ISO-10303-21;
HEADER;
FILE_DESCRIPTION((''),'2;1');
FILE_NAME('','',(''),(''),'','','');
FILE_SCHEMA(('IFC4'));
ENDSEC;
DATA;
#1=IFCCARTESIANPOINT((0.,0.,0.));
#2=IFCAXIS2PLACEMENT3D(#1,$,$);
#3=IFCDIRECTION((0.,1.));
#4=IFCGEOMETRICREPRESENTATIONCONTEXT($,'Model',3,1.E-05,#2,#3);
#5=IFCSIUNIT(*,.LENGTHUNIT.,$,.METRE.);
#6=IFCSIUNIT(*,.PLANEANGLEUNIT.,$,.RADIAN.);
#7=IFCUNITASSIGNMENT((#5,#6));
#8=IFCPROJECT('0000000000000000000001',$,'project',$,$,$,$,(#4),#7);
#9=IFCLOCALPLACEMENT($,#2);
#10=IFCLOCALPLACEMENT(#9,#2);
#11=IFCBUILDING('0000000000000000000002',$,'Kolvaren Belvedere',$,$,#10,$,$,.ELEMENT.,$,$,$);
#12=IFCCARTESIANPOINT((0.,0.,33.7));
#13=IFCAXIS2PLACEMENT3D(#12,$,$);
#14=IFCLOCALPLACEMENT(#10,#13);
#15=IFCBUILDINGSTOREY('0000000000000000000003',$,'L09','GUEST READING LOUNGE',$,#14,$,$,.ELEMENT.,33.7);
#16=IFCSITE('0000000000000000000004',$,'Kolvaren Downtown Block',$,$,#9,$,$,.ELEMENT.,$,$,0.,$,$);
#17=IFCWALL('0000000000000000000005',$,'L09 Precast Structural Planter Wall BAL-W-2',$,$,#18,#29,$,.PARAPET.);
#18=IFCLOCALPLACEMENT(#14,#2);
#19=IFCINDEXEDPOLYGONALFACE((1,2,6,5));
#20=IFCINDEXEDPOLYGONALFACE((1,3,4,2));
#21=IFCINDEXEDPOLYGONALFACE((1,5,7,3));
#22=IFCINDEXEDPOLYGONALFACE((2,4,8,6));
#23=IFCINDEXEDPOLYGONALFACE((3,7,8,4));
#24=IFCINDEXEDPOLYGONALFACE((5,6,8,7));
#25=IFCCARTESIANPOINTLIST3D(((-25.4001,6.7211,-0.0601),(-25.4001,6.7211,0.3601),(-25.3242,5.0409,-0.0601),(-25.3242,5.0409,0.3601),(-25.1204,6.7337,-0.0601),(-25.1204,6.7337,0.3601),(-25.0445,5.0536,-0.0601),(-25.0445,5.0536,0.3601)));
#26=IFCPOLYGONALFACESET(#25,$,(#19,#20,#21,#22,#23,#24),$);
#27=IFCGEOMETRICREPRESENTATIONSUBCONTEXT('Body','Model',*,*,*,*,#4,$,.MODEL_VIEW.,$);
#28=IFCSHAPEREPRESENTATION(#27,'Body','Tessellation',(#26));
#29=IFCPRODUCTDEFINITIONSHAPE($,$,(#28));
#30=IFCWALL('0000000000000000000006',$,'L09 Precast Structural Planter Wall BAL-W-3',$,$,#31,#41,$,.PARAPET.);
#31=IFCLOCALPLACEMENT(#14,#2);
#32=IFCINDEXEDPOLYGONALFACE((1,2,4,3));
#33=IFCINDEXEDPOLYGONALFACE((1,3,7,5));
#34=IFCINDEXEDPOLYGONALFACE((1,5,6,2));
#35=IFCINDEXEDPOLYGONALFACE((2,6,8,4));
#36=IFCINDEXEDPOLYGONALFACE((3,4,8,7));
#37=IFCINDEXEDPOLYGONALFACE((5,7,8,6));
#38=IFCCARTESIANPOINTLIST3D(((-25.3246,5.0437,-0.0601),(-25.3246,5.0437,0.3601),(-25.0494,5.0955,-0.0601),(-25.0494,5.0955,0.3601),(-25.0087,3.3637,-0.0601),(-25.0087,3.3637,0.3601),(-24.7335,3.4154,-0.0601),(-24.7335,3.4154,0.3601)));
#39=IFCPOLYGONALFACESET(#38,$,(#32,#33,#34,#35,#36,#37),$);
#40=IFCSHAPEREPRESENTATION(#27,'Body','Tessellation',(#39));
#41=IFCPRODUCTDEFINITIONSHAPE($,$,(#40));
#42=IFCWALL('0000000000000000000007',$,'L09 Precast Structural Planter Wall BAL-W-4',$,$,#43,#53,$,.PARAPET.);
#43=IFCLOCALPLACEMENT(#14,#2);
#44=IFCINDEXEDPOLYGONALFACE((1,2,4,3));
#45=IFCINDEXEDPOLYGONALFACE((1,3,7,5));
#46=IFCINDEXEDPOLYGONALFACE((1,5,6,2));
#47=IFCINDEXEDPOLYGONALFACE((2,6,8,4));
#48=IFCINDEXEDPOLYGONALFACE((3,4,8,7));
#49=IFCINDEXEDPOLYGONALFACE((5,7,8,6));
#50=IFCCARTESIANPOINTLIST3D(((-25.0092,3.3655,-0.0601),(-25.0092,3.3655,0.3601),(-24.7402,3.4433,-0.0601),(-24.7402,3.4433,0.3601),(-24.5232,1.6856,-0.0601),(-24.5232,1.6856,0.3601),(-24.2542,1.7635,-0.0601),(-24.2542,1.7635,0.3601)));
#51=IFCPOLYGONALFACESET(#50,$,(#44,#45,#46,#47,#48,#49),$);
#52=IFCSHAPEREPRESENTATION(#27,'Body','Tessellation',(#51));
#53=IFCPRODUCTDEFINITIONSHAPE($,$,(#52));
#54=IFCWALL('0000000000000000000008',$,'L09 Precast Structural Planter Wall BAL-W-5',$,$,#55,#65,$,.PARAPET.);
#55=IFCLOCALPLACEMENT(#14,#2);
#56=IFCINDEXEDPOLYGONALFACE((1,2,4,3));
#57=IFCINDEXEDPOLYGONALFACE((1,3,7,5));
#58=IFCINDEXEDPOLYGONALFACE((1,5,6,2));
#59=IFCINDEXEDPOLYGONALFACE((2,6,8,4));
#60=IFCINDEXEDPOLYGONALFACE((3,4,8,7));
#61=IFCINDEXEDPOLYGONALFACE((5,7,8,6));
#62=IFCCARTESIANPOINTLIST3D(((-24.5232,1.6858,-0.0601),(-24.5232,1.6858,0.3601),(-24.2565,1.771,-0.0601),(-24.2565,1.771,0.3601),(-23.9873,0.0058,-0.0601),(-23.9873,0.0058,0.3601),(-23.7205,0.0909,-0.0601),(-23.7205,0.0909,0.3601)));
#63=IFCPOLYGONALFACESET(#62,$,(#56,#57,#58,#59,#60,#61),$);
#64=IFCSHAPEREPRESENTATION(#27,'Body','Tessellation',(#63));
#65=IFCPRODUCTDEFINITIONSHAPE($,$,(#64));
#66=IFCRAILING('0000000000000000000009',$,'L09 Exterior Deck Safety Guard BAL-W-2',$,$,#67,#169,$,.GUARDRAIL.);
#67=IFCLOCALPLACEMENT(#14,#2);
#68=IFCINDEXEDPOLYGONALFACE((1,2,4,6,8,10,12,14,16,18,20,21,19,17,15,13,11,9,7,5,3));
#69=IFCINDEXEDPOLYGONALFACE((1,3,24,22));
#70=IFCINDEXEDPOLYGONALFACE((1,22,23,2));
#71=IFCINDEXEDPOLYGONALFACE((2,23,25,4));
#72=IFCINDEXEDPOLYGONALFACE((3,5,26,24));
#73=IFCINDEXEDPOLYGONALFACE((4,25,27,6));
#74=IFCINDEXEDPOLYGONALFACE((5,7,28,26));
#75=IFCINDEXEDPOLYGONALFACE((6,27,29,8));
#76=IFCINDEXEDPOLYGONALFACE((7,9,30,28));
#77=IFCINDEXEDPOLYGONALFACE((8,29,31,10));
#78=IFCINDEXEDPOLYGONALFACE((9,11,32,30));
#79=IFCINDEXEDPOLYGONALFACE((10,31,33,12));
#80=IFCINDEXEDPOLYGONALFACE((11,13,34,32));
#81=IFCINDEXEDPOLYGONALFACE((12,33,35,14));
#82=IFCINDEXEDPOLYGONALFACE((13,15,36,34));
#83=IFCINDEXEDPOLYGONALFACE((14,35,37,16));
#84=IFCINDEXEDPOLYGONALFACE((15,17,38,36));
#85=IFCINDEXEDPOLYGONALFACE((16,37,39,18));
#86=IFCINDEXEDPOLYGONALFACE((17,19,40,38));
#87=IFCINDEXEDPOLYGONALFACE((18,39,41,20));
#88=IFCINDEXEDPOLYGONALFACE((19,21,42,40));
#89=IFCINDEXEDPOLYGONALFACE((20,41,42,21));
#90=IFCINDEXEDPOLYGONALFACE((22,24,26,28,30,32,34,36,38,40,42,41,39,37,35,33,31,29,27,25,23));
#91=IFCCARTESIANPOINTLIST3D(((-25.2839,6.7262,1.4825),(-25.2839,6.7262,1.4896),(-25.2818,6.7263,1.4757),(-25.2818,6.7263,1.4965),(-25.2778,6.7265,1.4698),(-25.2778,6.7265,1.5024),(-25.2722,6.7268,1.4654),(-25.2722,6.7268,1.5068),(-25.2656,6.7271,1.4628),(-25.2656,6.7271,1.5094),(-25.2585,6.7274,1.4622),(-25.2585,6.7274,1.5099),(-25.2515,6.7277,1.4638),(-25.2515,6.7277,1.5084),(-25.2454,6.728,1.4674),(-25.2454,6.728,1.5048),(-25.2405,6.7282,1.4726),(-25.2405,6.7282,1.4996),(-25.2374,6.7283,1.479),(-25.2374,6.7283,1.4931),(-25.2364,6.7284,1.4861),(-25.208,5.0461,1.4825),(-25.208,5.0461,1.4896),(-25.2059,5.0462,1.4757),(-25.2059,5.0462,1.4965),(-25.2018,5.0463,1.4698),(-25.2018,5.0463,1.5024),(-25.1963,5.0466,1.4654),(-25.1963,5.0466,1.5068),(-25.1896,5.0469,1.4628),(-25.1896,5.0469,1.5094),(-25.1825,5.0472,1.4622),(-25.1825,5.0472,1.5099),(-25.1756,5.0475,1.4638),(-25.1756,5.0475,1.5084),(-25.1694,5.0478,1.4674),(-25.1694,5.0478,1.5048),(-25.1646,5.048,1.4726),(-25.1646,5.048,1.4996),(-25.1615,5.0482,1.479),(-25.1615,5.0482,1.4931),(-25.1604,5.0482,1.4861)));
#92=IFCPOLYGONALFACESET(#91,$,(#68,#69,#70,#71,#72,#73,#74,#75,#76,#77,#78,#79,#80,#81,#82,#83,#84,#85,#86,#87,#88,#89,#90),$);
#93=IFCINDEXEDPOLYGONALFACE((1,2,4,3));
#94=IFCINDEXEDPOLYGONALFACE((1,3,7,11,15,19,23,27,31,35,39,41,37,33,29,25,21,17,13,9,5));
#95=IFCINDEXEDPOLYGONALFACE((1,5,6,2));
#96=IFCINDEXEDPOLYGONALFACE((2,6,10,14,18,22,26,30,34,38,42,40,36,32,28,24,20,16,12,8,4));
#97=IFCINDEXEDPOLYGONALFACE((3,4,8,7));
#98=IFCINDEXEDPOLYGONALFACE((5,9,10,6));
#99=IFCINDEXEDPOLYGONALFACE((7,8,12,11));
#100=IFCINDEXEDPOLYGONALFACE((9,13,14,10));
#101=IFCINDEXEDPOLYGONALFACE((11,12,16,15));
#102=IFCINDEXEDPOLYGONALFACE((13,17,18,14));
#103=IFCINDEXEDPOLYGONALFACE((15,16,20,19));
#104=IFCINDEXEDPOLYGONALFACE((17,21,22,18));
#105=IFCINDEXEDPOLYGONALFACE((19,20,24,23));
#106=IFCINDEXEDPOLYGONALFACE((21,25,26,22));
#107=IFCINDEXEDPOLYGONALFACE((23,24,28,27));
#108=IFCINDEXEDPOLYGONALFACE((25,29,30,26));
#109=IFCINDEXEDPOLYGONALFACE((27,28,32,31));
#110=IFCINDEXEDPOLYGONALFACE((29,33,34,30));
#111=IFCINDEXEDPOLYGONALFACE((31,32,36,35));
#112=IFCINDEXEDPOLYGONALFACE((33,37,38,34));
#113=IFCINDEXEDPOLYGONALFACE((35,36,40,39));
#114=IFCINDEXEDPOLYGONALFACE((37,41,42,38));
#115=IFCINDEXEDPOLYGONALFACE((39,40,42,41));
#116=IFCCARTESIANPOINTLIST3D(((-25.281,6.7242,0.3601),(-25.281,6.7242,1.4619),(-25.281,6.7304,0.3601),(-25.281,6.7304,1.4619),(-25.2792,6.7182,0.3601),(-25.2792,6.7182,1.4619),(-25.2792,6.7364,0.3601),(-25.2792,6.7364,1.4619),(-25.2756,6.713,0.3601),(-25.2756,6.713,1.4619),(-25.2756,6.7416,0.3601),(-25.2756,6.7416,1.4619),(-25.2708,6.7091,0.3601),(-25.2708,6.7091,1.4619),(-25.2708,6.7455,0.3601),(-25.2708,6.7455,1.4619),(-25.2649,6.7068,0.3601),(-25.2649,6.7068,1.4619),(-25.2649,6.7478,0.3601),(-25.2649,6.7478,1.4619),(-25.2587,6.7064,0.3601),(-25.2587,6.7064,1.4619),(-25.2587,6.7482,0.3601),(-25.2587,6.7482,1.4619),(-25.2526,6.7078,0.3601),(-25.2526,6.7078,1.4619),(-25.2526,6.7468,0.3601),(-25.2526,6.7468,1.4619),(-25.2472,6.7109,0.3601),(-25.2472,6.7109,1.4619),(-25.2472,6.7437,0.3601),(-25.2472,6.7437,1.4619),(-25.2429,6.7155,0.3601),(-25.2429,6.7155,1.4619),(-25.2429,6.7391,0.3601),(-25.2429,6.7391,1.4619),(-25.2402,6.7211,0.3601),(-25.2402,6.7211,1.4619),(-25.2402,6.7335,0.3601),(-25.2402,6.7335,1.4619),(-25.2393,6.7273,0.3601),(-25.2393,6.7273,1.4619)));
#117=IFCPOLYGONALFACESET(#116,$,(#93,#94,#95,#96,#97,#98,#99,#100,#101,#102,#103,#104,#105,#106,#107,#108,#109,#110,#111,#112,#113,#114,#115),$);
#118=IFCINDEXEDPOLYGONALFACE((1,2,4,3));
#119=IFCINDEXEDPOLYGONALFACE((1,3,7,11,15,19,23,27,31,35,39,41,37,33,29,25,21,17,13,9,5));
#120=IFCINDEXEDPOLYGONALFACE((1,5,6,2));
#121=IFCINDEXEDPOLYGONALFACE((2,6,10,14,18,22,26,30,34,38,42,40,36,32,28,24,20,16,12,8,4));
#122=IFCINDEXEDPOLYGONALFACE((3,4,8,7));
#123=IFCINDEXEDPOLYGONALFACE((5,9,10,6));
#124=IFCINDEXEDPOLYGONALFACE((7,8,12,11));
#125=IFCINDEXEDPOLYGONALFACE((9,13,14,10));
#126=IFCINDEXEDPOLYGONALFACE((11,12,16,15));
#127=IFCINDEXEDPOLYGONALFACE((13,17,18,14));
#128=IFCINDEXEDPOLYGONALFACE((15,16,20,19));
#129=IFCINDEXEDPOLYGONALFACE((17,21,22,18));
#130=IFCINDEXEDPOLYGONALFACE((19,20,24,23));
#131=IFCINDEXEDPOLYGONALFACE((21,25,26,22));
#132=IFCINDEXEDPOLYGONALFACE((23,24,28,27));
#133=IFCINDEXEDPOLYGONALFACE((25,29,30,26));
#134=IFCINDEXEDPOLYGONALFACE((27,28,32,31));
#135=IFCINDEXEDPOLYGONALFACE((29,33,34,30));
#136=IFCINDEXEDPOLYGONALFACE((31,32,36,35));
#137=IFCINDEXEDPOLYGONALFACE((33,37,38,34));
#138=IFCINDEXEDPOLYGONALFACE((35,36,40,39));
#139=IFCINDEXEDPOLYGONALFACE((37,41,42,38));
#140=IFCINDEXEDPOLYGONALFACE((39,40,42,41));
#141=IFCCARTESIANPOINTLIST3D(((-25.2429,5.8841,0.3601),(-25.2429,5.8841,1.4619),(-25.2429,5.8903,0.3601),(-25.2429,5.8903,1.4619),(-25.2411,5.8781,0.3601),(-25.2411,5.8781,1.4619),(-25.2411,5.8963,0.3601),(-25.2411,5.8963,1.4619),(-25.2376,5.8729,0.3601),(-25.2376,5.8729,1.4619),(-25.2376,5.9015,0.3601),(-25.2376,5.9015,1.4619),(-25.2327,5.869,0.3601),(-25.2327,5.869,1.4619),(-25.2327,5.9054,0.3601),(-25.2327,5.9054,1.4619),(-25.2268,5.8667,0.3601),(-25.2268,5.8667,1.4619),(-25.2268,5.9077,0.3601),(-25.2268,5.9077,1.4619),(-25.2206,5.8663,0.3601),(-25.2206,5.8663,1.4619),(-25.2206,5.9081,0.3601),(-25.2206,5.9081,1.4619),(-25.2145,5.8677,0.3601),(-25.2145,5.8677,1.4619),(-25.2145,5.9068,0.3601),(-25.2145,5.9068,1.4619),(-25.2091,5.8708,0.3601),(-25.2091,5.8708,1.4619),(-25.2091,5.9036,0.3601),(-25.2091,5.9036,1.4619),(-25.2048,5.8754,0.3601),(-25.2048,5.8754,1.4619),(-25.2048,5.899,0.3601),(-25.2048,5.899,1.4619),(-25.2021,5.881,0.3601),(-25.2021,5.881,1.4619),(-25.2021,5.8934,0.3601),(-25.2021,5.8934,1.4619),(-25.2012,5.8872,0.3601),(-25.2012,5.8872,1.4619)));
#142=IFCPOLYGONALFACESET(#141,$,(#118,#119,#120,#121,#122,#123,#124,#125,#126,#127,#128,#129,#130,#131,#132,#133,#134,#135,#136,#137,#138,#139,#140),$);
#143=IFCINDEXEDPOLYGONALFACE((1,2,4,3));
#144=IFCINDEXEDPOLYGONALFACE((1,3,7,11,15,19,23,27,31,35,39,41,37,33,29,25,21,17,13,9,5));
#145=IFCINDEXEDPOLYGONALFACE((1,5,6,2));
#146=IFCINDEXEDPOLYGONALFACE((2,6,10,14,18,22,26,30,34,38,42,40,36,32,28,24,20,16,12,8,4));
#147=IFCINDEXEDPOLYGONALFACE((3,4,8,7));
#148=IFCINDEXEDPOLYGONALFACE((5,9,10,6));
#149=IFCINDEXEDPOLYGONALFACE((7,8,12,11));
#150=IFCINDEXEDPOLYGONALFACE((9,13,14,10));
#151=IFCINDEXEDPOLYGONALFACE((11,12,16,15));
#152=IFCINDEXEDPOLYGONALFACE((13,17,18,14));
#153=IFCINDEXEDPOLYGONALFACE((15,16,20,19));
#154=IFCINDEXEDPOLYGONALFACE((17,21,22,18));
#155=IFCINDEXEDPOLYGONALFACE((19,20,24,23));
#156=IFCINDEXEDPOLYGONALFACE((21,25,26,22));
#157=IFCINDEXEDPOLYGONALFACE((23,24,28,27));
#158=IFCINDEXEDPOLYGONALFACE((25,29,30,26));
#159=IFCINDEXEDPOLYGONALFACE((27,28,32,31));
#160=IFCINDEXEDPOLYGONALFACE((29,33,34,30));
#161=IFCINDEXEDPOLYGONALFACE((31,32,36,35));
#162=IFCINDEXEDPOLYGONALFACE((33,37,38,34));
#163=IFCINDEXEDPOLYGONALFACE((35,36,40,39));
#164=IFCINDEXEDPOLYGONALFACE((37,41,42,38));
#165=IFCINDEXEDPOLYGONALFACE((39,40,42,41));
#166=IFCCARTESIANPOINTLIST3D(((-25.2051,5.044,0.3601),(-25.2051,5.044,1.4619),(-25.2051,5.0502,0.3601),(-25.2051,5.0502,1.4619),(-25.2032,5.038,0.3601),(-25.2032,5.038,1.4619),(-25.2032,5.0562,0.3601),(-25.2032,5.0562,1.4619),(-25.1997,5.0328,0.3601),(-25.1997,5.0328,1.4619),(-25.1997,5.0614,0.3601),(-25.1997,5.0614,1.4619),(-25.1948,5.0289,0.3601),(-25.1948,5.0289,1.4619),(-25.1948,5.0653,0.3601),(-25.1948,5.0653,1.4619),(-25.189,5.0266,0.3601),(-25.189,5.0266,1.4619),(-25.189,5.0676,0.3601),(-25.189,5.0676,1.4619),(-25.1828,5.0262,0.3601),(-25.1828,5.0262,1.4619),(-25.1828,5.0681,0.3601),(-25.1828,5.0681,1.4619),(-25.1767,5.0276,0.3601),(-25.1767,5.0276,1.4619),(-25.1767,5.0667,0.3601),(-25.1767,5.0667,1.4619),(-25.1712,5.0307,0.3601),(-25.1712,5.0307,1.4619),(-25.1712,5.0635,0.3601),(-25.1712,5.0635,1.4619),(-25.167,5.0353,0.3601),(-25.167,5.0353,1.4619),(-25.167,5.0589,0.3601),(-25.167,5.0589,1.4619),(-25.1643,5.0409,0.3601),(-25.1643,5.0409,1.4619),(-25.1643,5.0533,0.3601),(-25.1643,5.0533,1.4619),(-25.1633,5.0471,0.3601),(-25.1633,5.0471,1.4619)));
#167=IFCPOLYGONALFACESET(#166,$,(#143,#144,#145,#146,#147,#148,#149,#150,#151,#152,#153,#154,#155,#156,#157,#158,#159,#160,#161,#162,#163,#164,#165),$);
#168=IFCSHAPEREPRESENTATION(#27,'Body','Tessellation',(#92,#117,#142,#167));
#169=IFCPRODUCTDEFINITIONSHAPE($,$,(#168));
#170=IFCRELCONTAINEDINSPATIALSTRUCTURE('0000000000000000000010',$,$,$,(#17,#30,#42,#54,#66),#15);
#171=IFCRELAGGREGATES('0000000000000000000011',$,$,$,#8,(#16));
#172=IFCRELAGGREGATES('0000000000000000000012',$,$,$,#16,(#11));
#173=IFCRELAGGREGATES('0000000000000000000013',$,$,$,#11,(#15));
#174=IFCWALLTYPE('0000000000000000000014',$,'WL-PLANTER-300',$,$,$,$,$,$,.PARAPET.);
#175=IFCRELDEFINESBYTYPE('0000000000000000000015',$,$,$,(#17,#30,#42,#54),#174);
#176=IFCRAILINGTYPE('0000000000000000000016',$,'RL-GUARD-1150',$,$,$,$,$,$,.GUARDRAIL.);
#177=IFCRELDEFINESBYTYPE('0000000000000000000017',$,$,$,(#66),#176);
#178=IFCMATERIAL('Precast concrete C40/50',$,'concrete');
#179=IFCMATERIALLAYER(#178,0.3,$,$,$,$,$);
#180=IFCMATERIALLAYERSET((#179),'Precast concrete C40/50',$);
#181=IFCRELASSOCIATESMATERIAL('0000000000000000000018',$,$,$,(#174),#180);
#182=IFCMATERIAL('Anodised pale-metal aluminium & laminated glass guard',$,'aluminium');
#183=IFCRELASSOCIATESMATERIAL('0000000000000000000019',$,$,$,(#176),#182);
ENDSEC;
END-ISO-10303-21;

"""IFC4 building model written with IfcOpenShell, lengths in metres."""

from ifc_helpers import new_model, si_unit, direction, frame, frame_2d, origin, origin_2d, place, context, subcontext, project, spatial, rectangle, circle, extrude, material, layer, layer_set, type_object, element, save


model = new_model("IFC4")

# Units and contexts
model_context = context("Model", 3, precision=1e-05, world=origin(), true_north=direction((0.0, 1.0)))
body_context = subcontext(model_context, "Body", "Model", "MODEL_VIEW")
ifc_project = project(units=[si_unit("LENGTHUNIT", "METRE"), si_unit("PLANEANGLEUNIT", "RADIAN")], contexts=[model_context])

# Site, building, storey
site_placement = place(None, origin())
site = spatial("IfcSite", under=ifc_project, at=site_placement, Name="Kolvaren Downtown Block", CompositionType="ELEMENT", RefElevation=0.0)
building_placement = place(site_placement, origin())
building = spatial("IfcBuilding", under=site, at=building_placement, Name="Kolvaren Belvedere", CompositionType="ELEMENT")
storey_placement = place(building_placement, frame((0.0, 0.0, 33.7)))
storey = spatial("IfcBuildingStorey", under=building, at=storey_placement, Name="L09", Description="GUEST READING LOUNGE", CompositionType="ELEMENT", Elevation=33.7)

# Walls
ifc_material_1 = material(Name="Precast concrete C40/50", Category="concrete")
ifc_layer_1 = layer(ifc_material_1, 0.3)
ifc_layer_set_1 = layer_set([ifc_layer_1], Name="Precast concrete C40/50")
wall_type_1 = type_object("IfcWallType", Name="WL-PLANTER-300", PredefinedType="PARAPET", material=ifc_layer_set_1)
wall_1_placement = place(storey_placement, frame((-25.2603, 6.7273, -0.0601), z_axis=(0.0, 0.0, 1.0), x_axis=(0.045144, -0.99898, 0.0)))
element("IfcWall", 1, at=wall_1_placement, inside=storey, type_object=wall_type_1, Name="L09 Precast Structural Planter Wall BAL-W-2", PredefinedType="PARAPET", context=body_context, shape_type="SweptSolid", body=[
    extrude(rectangle(XDim=1.6819, YDim=0.28, at=frame_2d((0.8408, 0.0))), origin(), (0.0, 0.0, 1.0), 0.4202),
])
wall_2_placement = place(storey_placement, frame((-25.187, 5.0696, -0.0601), z_axis=(0.0, 0.0, 1.0), x_axis=(0.184815, -0.982773, 0.0)))
element("IfcWall", 2, at=wall_2_placement, inside=storey, type_object=wall_type_1, Name="L09 Precast Structural Planter Wall BAL-W-3", PredefinedType="PARAPET", context=body_context, shape_type="SweptSolid", body=[
    extrude(rectangle(XDim=1.7095, YDim=0.28, at=frame_2d((0.8547, 0.0))), origin(), (0.0, 0.0, 1.0), 0.4202),
])
wall_3_placement = place(storey_placement, frame((-24.8748, 3.4045, -0.0601), z_axis=(0.0, 0.0, 1.0), x_axis=(0.277946, -0.960597, 0.0)))
element("IfcWall", 3, at=wall_3_placement, inside=storey, type_object=wall_type_1, Name="L09 Precast Structural Planter Wall BAL-W-4", PredefinedType="PARAPET", context=body_context, shape_type="SweptSolid", body=[
    extrude(rectangle(XDim=1.7488, YDim=0.28, at=frame_2d((0.8745, 0.0))), origin(), (0.0, 0.0, 1.0), 0.4202),
])
wall_4_placement = place(storey_placement, frame((-24.3899, 1.7285, -0.0601), z_axis=(0.0, 0.0, 1.0), x_axis=(0.303906, -0.952702, 0.0)))
element("IfcWall", 4, at=wall_4_placement, inside=storey, type_object=wall_type_1, Name="L09 Precast Structural Planter Wall BAL-W-5", PredefinedType="PARAPET", context=body_context, shape_type="SweptSolid", body=[
    extrude(rectangle(XDim=1.7634, YDim=0.28, at=frame_2d((0.8818, 0.0))), origin(), (0.0, 0.0, 1.0), 0.4202),
])

# Railing
ifc_material_2 = material(Name="Anodised pale-metal aluminium & laminated glass guard", Category="aluminium")
railing_type = type_object("IfcRailingType", Name="RL-GUARD-1150", PredefinedType="GUARDRAIL", material=ifc_material_2)
railing_1_placement = place(storey_placement, frame((-25.2603, 6.7273, 0.3601)))
element("IfcRailing", 5, at=railing_1_placement, inside=storey, type_object=railing_type, Name="L09 Exterior Deck Safety Guard BAL-W-2", PredefinedType="GUARDRAIL", context=body_context, shape_type="SweptSolid", body=[
    extrude(circle(Radius=0.0239, at=origin_2d()), frame((0.0, 0.0, 1.126), z_axis=(0.045144, -0.99898, 0.0), x_axis=(0.99898, 0.045144, 0.0)), (0.0, 0.0, 1.0), 1.6819),
    extrude(circle(Radius=0.021, at=origin_2d()), origin(), (0.0, 0.0, 1.0), 1.1018),
    extrude(circle(Radius=0.021, at=origin_2d()), frame((0.0381, -0.8401, 0.0)), (0.0, 0.0, 1.0), 1.1018),
    extrude(circle(Radius=0.021, at=origin_2d()), frame((0.0759, -1.6802, 0.0)), (0.0, 0.0, 1.0), 1.1018),
])

save(model, "model.ifc")
